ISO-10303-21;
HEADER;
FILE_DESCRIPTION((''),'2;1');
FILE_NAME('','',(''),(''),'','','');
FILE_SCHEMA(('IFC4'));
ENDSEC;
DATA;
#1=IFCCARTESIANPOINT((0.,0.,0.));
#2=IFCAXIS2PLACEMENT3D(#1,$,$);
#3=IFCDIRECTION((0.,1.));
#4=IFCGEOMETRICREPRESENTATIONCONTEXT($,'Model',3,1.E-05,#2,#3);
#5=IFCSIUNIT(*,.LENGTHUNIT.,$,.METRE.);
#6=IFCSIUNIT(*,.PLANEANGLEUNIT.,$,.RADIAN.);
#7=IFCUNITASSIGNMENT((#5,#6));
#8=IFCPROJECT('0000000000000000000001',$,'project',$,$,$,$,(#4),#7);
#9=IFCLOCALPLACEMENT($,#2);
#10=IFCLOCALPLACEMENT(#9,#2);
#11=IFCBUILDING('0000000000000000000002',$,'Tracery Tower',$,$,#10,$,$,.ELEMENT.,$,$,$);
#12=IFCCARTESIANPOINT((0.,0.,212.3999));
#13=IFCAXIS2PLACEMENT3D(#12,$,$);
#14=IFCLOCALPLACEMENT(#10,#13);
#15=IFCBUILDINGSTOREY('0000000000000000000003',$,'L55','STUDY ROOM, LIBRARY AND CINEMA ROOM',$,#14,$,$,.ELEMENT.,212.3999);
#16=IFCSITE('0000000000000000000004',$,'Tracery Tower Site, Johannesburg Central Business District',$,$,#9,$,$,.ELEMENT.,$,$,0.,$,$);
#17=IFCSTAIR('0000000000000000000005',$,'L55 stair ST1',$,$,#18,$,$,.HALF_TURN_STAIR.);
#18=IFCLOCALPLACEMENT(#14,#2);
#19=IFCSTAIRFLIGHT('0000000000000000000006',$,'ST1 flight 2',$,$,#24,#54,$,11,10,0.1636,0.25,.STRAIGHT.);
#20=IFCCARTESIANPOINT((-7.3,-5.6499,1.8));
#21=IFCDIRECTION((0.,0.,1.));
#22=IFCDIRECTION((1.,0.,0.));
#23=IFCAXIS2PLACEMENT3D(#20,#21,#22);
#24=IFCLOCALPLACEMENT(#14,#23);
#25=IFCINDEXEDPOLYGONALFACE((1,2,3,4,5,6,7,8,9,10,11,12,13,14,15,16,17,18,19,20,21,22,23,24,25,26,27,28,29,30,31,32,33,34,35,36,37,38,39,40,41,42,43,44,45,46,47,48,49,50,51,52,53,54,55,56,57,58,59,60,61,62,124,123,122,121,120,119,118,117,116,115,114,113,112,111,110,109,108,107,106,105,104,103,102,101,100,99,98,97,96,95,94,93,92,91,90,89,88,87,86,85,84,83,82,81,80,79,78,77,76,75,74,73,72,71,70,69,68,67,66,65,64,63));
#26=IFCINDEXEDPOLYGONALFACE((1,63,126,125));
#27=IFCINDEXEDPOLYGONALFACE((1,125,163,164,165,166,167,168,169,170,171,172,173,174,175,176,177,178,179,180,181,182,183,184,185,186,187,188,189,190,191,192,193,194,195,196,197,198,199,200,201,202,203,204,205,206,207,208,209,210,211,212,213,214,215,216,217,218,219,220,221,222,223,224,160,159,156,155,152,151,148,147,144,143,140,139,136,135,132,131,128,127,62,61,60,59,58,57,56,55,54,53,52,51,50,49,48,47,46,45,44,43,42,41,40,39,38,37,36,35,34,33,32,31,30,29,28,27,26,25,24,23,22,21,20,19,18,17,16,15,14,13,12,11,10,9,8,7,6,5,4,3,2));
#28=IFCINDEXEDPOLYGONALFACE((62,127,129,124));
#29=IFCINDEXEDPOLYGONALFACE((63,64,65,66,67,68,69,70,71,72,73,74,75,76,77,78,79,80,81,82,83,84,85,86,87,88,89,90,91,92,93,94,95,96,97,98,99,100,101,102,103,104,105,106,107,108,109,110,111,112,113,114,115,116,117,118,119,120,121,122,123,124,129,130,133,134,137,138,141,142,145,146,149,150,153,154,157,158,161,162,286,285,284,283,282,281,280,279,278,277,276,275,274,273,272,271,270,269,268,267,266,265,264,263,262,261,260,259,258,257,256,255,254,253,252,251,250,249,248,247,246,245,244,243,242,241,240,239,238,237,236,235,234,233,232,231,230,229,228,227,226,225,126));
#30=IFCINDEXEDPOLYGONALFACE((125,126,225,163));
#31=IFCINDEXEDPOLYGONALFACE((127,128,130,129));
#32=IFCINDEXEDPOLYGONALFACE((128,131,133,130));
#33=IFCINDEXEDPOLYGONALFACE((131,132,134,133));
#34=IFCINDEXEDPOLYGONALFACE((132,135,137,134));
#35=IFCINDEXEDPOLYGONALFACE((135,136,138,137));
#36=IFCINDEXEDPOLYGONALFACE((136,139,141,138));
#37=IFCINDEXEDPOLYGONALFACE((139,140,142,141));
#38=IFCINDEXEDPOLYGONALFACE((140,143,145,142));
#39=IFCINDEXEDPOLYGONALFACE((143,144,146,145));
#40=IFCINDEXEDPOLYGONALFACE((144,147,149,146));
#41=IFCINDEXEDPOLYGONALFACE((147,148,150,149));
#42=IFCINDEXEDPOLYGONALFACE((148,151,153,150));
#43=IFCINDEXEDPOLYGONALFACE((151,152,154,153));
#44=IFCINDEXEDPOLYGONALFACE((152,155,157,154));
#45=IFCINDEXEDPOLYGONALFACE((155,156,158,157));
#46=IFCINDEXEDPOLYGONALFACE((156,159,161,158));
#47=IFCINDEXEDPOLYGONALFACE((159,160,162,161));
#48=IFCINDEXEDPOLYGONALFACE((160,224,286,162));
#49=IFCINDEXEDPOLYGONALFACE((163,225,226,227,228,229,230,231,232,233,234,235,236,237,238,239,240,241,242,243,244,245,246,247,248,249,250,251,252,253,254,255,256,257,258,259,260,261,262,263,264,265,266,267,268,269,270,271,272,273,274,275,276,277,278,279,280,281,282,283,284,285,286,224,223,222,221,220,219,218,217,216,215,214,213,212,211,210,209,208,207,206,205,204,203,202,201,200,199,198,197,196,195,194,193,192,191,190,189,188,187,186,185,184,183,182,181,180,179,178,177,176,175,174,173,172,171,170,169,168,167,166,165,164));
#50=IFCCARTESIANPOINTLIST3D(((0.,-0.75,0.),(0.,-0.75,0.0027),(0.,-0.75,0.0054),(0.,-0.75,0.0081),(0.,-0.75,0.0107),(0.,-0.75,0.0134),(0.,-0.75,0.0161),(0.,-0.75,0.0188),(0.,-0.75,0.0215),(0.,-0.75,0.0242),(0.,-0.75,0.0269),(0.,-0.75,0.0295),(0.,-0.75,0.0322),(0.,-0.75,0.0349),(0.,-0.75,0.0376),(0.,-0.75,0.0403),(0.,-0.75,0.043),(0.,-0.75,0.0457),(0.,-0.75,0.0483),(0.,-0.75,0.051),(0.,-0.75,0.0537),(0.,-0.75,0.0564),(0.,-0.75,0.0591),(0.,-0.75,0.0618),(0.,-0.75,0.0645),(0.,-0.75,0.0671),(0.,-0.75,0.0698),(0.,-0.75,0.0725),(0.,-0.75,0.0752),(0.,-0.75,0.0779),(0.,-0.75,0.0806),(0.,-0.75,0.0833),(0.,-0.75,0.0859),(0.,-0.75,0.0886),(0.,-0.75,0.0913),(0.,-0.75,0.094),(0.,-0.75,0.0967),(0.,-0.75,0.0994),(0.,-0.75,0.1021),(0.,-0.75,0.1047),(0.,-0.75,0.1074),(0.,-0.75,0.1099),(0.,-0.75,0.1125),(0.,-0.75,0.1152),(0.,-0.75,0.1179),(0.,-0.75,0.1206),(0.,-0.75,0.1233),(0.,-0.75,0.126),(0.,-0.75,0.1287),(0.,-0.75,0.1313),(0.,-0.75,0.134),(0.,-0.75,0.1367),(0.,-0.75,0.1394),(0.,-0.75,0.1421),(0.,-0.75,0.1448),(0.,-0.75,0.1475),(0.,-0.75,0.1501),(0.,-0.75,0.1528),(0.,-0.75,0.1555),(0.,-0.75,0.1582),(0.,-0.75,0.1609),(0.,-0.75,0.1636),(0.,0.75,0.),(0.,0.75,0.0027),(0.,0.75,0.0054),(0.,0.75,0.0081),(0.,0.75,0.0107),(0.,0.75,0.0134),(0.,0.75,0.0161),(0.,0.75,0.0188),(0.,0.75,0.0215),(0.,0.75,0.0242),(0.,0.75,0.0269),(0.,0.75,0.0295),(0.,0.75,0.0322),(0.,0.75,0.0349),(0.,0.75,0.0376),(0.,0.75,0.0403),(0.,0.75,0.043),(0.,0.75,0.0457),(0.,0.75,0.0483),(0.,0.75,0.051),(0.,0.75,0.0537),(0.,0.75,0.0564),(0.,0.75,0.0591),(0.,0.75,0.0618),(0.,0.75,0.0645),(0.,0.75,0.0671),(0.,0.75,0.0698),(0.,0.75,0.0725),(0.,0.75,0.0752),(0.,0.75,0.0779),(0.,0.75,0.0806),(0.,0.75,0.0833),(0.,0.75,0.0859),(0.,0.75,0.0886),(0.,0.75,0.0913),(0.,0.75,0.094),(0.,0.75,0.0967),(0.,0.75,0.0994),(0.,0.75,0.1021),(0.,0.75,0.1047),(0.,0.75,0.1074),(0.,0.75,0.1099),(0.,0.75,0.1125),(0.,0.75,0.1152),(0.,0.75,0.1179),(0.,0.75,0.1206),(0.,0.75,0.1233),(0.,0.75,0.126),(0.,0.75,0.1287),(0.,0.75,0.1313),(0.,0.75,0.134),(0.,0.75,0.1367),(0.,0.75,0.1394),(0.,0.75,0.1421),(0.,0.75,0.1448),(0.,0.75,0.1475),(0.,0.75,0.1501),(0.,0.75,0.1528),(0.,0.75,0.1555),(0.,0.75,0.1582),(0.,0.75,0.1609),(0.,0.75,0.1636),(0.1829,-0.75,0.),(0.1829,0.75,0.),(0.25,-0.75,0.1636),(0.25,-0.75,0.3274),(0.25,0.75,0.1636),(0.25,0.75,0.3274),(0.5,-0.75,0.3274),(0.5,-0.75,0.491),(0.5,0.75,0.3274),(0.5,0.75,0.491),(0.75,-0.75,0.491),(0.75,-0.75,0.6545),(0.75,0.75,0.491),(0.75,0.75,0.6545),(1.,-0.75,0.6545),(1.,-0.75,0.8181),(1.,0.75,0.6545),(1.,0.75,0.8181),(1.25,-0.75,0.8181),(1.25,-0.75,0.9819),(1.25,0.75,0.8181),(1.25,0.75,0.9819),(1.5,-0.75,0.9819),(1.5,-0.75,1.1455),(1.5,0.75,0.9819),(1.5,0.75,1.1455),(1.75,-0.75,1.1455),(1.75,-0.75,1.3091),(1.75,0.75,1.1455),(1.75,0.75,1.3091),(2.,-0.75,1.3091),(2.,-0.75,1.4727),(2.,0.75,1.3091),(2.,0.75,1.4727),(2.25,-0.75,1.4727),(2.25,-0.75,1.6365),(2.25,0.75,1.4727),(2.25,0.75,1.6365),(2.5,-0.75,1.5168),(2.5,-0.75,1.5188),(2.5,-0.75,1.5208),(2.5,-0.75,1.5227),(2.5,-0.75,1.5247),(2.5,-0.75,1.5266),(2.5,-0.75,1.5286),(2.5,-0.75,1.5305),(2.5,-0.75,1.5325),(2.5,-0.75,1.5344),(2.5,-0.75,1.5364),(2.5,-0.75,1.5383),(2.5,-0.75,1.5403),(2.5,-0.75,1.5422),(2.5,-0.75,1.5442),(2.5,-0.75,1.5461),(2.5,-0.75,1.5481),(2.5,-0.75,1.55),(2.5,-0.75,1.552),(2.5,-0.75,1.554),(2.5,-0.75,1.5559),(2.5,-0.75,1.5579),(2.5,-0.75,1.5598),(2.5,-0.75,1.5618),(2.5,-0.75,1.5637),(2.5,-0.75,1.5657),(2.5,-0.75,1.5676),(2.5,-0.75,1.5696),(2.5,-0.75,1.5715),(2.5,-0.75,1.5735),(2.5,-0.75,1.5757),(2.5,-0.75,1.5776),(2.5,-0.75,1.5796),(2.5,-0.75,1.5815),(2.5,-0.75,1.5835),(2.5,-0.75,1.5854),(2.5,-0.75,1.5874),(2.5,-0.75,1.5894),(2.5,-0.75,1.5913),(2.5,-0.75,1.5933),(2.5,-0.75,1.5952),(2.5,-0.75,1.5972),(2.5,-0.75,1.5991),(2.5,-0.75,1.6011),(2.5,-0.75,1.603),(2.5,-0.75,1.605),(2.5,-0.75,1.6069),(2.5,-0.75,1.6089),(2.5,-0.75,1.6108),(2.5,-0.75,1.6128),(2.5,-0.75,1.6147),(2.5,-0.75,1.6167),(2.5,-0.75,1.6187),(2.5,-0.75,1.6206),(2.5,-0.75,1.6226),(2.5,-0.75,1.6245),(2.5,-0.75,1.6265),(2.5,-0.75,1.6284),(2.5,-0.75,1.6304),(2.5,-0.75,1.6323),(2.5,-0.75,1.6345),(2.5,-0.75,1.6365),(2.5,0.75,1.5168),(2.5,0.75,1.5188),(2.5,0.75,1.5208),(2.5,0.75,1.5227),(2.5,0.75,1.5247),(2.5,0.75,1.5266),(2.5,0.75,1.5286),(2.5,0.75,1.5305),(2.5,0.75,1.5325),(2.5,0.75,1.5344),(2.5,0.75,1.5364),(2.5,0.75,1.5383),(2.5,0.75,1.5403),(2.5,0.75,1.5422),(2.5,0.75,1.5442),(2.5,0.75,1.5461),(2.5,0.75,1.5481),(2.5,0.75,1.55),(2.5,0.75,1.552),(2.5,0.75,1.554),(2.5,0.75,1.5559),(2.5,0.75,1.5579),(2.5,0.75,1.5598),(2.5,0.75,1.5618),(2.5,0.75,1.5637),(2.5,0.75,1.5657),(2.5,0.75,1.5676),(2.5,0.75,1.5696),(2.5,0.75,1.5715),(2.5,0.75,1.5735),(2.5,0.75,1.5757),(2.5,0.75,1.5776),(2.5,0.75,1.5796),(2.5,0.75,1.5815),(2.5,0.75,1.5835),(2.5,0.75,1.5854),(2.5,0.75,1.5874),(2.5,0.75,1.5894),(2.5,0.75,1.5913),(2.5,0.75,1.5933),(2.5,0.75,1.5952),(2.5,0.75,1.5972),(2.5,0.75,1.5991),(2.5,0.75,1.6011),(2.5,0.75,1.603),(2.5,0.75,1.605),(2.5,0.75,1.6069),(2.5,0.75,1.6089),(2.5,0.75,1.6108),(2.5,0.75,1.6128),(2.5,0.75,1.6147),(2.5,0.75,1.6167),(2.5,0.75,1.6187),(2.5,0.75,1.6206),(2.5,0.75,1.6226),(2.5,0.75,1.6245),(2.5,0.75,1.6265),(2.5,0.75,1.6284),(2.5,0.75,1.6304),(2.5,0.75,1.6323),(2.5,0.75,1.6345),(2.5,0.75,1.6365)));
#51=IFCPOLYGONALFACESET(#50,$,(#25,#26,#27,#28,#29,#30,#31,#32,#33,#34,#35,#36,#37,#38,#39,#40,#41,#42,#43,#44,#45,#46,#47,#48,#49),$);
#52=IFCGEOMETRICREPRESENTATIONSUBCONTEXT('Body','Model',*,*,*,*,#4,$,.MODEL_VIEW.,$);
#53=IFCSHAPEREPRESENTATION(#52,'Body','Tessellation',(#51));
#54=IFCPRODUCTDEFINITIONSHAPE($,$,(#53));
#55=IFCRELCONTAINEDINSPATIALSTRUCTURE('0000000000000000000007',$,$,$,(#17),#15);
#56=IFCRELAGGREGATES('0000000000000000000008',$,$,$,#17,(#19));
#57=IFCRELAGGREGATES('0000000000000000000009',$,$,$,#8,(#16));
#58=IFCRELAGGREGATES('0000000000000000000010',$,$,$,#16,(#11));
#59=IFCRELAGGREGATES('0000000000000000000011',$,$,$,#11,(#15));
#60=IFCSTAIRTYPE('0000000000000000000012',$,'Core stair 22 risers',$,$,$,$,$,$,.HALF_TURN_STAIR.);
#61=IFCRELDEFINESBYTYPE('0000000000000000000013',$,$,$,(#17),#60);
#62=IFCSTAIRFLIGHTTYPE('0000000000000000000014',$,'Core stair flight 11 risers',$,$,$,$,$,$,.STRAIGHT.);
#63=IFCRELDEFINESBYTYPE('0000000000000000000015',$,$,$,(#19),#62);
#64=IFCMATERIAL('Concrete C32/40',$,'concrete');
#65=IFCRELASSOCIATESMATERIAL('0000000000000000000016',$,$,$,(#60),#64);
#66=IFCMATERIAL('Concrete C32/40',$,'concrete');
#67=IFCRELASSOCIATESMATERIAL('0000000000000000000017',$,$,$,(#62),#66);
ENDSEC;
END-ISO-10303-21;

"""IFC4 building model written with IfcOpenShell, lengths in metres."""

from ifc_helpers import new_model, si_unit, direction, frame, origin, place, context, subcontext, project, spatial, polyline, outline, extrude, material, type_object, element, aggregate, save


model = new_model("IFC4")

# Units and contexts
model_context = context("Model", 3, precision=1e-05, world=origin(), true_north=direction((0.0, 1.0)))
body_context = subcontext(model_context, "Body", "Model", "MODEL_VIEW")
ifc_project = project(units=[si_unit("LENGTHUNIT", "METRE"), si_unit("PLANEANGLEUNIT", "RADIAN")], contexts=[model_context])

# Site, building, storey
site_placement = place(None, origin())
site = spatial("IfcSite", under=ifc_project, at=site_placement, Name="Tracery Tower Site, Johannesburg Central Business District", CompositionType="ELEMENT", RefElevation=0.0)
building_placement = place(site_placement, origin())
building = spatial("IfcBuilding", under=site, at=building_placement, Name="Tracery Tower", CompositionType="ELEMENT")
storey_placement = place(building_placement, frame((0.0, 0.0, 212.3999)))
storey = spatial("IfcBuildingStorey", under=building, at=storey_placement, Name="L55", Description="STUDY ROOM, LIBRARY AND CINEMA ROOM", CompositionType="ELEMENT", Elevation=212.3999)

# Stair, stair flight
ifc_material_1 = material(Name="Concrete C32/40", Category="concrete")
stair_type = type_object("IfcStairType", Name="Core stair 22 risers", PredefinedType="HALF_TURN_STAIR", material=ifc_material_1)
stair_placement = place(storey_placement, origin())
stair = element("IfcStair", 1, at=stair_placement, inside=storey, type_object=stair_type, Name="L55 stair ST1", PredefinedType="HALF_TURN_STAIR")
ifc_material_2 = material(Name="Concrete C32/40", Category="concrete")
stair_flight_type = type_object("IfcStairFlightType", Name="Core stair flight 11 risers", PredefinedType="STRAIGHT", material=ifc_material_2)
stair_flight_1_placement = place(storey_placement, frame((-7.3, -5.6499, 1.8), z_axis=(0.0, 0.0, 1.0), x_axis=(1.0, 0.0, 0.0)))
stair_flight_1 = element("IfcStairFlight", 2, at=stair_flight_1_placement, type_object=stair_flight_type, Name="ST1 flight 2", NumberOfRisers=11, NumberOfTreads=10, PredefinedType="STRAIGHT", RiserHeight=0.1636, TreadLength=0.25, context=body_context, shape_type="SweptSolid", body=[
    extrude(outline(polyline([(0.0, 0.0), (0.0, 0.0027), (0.0, 0.0054), (0.0, 0.0081), (0.0, 0.0107), (0.0, 0.0134), (0.0, 0.0161), (0.0, 0.0188), (0.0, 0.0215), (0.0, 0.0242), (0.0, 0.0269), (0.0, 0.0295), (0.0, 0.0322), (0.0, 0.0349), (0.0, 0.0376), (0.0, 0.0403), (0.0, 0.043), (0.0, 0.0457), (0.0, 0.0483), (0.0, 0.051), (0.0, 0.0537), (0.0, 0.0564), (0.0, 0.0591), (0.0, 0.0618), (0.0, 0.0645), (0.0, 0.0671), (0.0, 0.0698), (0.0, 0.0725), (0.0, 0.0752), (0.0, 0.0779), (0.0, 0.0806), (0.0, 0.0833), (0.0, 0.0859), (0.0, 0.0886), (0.0, 0.0913), (0.0, 0.094), (0.0, 0.0967), (0.0, 0.0994), (0.0, 0.1021), (0.0, 0.1047), (0.0, 0.1074), (0.0, 0.1099), (0.0, 0.1125), (0.0, 0.1152), (0.0, 0.1179), (0.0, 0.1206), (0.0, 0.1233), (0.0, 0.126), (0.0, 0.1287), (0.0, 0.1313), (0.0, 0.134), (0.0, 0.1367), (0.0, 0.1394), (0.0, 0.1421), (0.0, 0.1448), (0.0, 0.1475), (0.0, 0.1501), (0.0, 0.1528), (0.0, 0.1555), (0.0, 0.1582), (0.0, 0.1609), (0.0, 0.1636), (0.25, 0.1636), (0.25, 0.3274), (0.5, 0.3274), (0.5, 0.491), (0.75, 0.491), (0.75, 0.6545), (1.0, 0.6545), (1.0, 0.8181), (1.25, 0.8181), (1.25, 0.9819), (1.5, 0.9819), (1.5, 1.1455), (1.75, 1.1455), (1.75, 1.3091), (2.0, 1.3091), (2.0, 1.4727), (2.25, 1.4727), (2.25, 1.6365), (2.5, 1.6365), (2.5, 1.6345), (2.5, 1.6323), (2.5, 1.6304), (2.5, 1.6284), (2.5, 1.6265), (2.5, 1.6245), (2.5, 1.6226), (2.5, 1.6206), (2.5, 1.6187), (2.5, 1.6167), (2.5, 1.6147), (2.5, 1.6128), (2.5, 1.6108), (2.5, 1.6089), (2.5, 1.6069), (2.5, 1.605), (2.5, 1.603), (2.5, 1.6011), (2.5, 1.5991), (2.5, 1.5972), (2.5, 1.5952), (2.5, 1.5933), (2.5, 1.5913), (2.5, 1.5894), (2.5, 1.5874), (2.5, 1.5854), (2.5, 1.5835), (2.5, 1.5815), (2.5, 1.5796), (2.5, 1.5776), (2.5, 1.5757), (2.5, 1.5735), (2.5, 1.5715), (2.5, 1.5696), (2.5, 1.5676), (2.5, 1.5657), (2.5, 1.5637), (2.5, 1.5618), (2.5, 1.5598), (2.5, 1.5579), (2.5, 1.5559), (2.5, 1.554), (2.5, 1.552), (2.5, 1.55), (2.5, 1.5481), (2.5, 1.5461), (2.5, 1.5442), (2.5, 1.5422), (2.5, 1.5403), (2.5, 1.5383), (2.5, 1.5364), (2.5, 1.5344), (2.5, 1.5325), (2.5, 1.5305), (2.5, 1.5286), (2.5, 1.5266), (2.5, 1.5247), (2.5, 1.5227), (2.5, 1.5208), (2.5, 1.5188), (2.5, 1.5168), (0.1829, 0.0), (0.0, 0.0)])), frame((0.0, 0.75, 0.0), z_axis=(0.0, -1.0, 0.0), x_axis=(1.0, 0.0, 0.0)), (0.0, 0.0, 1.0), 1.5),
])
aggregate(stair, [stair_flight_1])

save(model, "model.ifc")
